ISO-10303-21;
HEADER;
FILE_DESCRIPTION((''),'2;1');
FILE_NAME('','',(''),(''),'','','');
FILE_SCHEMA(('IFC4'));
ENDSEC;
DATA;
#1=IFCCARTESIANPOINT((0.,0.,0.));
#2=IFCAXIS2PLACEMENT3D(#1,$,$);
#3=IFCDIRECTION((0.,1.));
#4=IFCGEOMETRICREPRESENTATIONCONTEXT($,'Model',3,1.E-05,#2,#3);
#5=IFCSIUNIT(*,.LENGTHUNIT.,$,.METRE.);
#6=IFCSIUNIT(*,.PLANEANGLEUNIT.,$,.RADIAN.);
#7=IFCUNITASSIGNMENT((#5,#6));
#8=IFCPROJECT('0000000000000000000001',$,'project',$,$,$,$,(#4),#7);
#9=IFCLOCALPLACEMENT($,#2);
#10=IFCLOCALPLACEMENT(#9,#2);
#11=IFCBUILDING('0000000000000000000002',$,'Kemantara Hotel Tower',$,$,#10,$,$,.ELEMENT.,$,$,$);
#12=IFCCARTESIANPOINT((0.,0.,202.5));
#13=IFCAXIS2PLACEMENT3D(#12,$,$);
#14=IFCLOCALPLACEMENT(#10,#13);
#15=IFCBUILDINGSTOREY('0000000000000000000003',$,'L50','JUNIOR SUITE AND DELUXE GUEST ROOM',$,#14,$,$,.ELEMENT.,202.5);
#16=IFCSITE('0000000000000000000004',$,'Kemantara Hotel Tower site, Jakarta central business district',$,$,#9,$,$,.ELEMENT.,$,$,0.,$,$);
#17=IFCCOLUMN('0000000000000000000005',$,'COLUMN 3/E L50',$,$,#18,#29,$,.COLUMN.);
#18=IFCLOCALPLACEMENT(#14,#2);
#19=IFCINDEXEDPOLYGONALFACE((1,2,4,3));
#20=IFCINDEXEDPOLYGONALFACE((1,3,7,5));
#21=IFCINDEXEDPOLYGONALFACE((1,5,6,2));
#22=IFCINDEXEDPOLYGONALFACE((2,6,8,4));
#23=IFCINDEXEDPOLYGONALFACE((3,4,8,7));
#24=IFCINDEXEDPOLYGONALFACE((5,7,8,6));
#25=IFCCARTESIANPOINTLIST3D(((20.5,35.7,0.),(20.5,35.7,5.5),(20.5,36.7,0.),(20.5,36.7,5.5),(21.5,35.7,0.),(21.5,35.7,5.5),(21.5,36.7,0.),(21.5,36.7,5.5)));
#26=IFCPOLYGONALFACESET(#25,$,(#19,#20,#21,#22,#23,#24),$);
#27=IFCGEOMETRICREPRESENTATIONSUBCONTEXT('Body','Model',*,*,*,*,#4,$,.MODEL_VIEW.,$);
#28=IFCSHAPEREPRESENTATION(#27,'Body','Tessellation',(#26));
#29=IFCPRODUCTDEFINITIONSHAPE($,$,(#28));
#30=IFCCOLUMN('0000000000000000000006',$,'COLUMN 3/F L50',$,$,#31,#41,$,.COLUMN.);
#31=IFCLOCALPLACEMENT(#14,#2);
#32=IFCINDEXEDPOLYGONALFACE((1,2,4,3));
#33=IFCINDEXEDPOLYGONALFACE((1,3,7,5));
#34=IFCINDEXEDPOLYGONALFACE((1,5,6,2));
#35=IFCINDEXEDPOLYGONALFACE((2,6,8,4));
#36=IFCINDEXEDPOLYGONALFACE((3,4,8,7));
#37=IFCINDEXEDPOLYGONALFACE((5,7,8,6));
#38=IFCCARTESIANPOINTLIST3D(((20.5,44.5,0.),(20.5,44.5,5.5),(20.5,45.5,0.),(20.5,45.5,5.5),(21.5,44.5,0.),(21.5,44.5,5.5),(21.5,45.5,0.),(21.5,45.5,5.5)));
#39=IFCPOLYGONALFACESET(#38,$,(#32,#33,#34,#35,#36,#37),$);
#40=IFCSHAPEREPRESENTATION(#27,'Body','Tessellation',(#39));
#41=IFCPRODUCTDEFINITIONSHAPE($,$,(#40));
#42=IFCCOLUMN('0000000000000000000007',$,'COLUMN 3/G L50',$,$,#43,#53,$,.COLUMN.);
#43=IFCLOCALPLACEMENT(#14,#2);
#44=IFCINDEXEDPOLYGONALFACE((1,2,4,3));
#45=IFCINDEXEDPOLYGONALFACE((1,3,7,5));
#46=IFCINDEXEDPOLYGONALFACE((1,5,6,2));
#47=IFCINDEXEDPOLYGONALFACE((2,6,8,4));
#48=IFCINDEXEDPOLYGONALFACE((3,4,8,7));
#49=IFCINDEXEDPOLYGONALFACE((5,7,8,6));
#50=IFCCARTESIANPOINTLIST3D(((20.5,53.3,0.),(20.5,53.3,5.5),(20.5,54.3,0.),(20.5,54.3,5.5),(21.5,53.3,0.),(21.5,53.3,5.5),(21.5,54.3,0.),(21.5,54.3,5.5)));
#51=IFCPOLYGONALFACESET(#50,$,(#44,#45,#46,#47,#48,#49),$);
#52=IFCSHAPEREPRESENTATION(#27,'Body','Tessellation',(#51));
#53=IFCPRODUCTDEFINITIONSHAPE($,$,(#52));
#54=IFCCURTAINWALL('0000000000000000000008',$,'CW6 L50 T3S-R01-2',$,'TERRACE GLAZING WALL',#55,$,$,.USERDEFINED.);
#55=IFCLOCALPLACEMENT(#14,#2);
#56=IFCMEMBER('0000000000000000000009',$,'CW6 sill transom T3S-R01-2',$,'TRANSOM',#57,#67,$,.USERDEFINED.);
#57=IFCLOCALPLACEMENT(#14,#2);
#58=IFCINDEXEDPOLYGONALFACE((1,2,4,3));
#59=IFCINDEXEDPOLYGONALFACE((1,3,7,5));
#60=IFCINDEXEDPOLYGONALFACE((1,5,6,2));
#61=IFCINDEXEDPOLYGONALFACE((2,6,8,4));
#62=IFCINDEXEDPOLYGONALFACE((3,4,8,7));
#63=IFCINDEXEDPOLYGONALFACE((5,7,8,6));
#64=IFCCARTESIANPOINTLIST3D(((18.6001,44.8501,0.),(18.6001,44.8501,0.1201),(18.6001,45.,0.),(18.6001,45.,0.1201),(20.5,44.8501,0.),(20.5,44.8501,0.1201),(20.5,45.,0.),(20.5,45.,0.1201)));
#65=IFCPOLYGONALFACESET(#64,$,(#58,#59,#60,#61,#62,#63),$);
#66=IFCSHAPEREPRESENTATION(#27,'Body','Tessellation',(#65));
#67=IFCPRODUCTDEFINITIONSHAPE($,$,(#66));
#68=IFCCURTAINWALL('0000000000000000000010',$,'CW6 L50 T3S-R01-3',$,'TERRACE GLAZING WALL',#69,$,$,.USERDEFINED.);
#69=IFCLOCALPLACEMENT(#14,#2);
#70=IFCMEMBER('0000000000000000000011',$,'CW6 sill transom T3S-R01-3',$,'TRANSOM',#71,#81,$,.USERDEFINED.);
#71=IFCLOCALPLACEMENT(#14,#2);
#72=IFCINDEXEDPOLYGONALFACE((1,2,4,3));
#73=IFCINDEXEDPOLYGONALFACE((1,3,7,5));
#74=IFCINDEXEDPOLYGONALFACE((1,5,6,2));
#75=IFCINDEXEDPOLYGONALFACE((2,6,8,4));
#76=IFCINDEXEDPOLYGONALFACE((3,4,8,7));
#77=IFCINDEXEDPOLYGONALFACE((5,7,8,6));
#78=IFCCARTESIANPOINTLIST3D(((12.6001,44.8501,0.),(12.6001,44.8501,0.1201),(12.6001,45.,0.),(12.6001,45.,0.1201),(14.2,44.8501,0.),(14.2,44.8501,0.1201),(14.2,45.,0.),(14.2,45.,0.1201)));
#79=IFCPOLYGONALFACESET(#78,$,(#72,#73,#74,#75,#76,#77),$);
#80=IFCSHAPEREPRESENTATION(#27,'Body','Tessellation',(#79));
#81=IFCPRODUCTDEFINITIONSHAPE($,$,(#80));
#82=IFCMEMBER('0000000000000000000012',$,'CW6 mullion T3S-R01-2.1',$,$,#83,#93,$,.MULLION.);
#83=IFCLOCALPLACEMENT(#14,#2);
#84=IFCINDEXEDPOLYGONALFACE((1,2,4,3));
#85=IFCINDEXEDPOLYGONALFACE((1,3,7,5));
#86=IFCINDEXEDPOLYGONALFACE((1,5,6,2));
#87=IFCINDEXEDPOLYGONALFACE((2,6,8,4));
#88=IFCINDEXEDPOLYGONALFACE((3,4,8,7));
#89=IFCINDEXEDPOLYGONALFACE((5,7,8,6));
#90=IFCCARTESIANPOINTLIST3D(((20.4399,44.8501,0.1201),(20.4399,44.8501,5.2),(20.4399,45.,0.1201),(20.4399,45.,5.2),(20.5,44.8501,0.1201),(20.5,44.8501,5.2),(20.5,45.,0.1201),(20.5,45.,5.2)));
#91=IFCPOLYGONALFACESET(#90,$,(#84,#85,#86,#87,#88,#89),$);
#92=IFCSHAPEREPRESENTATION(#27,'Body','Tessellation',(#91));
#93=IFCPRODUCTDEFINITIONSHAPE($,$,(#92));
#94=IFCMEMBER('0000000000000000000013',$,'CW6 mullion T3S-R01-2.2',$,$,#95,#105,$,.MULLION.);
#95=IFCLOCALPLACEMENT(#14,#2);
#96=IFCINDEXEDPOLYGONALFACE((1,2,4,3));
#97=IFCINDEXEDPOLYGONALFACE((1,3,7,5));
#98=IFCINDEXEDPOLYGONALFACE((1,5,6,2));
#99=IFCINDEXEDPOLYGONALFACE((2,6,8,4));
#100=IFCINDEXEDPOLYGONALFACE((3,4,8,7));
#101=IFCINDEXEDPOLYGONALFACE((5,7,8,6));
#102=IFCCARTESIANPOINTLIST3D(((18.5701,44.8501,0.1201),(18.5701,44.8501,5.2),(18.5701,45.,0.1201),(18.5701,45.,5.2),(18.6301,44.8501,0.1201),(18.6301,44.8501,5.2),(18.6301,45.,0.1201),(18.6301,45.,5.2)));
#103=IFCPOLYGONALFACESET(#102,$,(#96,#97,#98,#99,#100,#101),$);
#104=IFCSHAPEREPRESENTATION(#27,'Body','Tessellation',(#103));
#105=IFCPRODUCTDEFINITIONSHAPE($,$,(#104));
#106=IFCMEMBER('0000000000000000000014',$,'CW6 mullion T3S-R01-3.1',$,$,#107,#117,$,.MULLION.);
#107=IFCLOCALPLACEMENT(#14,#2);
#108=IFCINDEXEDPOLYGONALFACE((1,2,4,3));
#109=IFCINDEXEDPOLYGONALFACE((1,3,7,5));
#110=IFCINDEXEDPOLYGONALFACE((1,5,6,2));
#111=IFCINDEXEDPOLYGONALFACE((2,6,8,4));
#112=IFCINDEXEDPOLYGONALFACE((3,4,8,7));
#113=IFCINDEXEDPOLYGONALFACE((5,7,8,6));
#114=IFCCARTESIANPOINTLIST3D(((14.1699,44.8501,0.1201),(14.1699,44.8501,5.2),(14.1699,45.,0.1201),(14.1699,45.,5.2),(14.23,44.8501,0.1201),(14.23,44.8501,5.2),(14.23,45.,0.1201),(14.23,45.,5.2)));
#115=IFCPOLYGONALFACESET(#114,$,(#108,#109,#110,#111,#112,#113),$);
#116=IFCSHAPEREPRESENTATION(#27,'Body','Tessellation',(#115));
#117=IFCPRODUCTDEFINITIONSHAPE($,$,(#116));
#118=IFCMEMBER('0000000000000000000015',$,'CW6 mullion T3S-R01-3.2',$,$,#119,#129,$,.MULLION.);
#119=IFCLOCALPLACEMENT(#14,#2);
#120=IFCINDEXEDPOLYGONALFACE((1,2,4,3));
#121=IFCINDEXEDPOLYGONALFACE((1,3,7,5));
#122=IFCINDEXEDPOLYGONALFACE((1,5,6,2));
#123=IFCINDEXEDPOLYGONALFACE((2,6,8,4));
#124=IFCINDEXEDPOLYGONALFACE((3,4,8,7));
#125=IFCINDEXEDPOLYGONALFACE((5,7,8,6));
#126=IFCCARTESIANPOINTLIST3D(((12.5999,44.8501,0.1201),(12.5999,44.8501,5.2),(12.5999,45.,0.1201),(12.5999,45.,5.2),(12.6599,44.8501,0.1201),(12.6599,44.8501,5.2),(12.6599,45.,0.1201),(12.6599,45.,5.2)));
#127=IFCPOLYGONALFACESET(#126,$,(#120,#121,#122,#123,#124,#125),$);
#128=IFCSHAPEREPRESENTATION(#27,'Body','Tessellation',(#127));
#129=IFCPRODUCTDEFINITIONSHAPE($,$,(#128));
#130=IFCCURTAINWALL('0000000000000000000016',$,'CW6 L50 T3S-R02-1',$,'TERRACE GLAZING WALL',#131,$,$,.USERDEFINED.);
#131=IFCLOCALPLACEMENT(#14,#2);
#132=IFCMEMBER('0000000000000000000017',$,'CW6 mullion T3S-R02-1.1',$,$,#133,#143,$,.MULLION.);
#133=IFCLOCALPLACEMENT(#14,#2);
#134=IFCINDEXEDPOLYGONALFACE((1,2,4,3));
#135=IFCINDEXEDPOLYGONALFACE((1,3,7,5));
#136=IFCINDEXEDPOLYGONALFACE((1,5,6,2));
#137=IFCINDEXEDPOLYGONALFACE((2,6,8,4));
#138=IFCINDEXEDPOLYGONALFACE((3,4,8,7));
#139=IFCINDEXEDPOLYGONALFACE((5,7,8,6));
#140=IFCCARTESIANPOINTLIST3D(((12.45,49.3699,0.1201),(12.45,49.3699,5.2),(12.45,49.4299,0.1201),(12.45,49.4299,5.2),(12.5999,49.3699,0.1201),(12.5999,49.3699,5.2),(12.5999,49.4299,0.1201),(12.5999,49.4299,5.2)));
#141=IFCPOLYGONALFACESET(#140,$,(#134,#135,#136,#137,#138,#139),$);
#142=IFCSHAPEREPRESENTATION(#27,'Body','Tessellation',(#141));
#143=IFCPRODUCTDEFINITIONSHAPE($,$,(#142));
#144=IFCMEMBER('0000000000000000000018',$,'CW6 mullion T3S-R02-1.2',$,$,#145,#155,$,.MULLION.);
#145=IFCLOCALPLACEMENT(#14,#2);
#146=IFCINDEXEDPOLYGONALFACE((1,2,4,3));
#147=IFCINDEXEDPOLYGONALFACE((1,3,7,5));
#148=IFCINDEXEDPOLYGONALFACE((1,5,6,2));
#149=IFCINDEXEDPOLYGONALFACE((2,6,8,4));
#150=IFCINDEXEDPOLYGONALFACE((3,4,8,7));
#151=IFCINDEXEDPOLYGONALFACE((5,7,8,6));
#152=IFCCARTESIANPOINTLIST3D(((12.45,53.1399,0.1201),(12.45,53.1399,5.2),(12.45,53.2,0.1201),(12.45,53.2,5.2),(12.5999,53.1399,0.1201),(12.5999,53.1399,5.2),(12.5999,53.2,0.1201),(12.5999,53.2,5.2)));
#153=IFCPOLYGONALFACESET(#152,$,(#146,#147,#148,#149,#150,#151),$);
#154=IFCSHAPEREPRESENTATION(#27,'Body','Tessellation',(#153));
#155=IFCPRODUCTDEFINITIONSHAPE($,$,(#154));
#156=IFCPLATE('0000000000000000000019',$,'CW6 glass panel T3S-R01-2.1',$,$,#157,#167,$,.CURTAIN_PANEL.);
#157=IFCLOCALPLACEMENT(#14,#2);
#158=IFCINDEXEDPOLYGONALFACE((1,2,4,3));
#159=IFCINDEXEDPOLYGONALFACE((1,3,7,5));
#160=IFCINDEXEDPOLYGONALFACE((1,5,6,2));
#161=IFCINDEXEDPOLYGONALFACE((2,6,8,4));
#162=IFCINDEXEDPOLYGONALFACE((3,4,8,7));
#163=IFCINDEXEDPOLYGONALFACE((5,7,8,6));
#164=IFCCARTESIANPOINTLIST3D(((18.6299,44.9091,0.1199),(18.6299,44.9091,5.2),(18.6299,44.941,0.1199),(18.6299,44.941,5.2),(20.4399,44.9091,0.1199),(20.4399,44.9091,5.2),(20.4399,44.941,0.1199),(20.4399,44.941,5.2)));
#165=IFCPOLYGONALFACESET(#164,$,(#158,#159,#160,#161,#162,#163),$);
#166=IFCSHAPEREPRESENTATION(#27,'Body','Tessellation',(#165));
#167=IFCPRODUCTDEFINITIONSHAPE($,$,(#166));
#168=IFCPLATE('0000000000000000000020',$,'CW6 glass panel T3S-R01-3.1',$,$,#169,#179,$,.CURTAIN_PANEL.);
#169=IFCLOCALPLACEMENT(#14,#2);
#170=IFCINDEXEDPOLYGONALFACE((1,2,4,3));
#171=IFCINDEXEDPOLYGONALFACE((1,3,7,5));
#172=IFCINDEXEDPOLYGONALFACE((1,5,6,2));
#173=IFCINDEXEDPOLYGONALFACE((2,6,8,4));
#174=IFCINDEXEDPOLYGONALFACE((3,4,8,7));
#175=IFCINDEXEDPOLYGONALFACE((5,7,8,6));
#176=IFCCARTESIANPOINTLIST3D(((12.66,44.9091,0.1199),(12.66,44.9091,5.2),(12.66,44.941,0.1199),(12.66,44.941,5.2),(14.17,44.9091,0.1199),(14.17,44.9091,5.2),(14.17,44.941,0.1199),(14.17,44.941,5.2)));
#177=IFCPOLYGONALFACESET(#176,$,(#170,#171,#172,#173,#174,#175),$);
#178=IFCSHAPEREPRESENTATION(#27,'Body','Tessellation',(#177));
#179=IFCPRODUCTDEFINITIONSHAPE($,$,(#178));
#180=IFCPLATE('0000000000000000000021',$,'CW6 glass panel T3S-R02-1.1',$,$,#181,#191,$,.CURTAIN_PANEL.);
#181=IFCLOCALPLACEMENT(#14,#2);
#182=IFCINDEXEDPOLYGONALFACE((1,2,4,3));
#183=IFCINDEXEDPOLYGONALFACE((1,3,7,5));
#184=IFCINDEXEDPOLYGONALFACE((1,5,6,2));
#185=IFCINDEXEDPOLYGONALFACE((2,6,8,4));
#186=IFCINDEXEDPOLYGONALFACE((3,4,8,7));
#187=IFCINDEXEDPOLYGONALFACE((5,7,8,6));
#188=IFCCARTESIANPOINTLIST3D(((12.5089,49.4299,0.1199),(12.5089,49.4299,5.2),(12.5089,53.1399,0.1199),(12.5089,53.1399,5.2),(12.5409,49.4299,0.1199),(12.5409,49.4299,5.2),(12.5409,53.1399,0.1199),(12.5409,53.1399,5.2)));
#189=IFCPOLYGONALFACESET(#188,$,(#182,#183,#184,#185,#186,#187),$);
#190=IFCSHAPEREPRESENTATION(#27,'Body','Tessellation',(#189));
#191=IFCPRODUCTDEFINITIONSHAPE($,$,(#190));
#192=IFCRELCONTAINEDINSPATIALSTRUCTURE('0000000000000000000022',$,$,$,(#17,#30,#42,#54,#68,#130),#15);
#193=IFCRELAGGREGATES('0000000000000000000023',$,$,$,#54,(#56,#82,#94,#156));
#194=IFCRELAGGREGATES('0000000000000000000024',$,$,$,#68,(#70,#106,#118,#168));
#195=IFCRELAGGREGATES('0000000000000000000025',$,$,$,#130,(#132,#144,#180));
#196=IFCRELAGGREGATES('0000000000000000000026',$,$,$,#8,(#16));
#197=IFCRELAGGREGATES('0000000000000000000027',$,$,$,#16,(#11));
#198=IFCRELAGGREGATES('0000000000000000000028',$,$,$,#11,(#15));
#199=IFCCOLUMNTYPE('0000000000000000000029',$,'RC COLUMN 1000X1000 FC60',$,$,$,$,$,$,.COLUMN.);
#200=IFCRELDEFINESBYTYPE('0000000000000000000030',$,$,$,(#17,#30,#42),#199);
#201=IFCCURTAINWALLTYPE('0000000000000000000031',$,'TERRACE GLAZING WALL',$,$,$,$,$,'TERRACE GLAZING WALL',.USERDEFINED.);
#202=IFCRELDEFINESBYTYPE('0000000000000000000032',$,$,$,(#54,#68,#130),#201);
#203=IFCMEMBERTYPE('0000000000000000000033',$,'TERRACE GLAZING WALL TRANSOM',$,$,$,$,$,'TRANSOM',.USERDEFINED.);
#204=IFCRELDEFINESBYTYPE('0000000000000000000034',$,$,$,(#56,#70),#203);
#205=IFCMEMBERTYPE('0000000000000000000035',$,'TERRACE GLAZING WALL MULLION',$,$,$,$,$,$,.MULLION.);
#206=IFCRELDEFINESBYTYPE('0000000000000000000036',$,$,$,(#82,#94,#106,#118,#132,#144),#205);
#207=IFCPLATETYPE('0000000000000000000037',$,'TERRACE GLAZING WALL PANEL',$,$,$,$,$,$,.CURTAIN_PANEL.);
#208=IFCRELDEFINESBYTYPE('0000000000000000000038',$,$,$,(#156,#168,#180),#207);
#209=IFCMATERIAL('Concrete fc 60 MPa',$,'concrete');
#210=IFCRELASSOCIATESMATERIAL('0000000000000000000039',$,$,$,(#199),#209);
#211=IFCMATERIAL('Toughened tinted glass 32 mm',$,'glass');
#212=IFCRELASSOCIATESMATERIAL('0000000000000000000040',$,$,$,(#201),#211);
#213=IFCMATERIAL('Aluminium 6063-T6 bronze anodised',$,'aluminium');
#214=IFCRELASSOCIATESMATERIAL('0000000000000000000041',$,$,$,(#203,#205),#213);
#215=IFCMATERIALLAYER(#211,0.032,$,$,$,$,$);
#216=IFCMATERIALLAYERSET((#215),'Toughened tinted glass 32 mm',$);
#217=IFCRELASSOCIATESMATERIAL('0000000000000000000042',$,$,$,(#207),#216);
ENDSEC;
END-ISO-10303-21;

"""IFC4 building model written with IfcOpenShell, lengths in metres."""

from ifc_helpers import new_model, si_unit, direction, frame, origin, origin_2d, place, context, subcontext, project, spatial, rectangle, extrude, source, transform, mapped, material, layer, layer_set, material_profile, profile_set, type_object, element, aggregate, save


model = new_model("IFC4")

# Units and contexts
model_context = context("Model", 3, precision=1e-05, world=origin(), true_north=direction((0.0, 1.0)))
body_context = subcontext(model_context, "Body", "Model", "MODEL_VIEW")
ifc_project = project(units=[si_unit("LENGTHUNIT", "METRE"), si_unit("PLANEANGLEUNIT", "RADIAN")], contexts=[model_context])

# Site, building, storey
site_placement = place(None, origin())
site = spatial("IfcSite", under=ifc_project, at=site_placement, Name="Kemantara Hotel Tower site, Jakarta central business district", CompositionType="ELEMENT", RefElevation=0.0)
building_placement = place(site_placement, origin())
building = spatial("IfcBuilding", under=site, at=building_placement, Name="Kemantara Hotel Tower", CompositionType="ELEMENT")
storey_placement = place(building_placement, frame((0.0, 0.0, 202.5)))
storey = spatial("IfcBuildingStorey", under=building, at=storey_placement, Name="L50", Description="JUNIOR SUITE AND DELUXE GUEST ROOM", CompositionType="ELEMENT", Elevation=202.5)

# Columns
ifc_material_1 = material(Name="Concrete fc 60 MPa", Category="concrete")
ifc_material_profile_1 = material_profile(ifc_material_1, rectangle(XDim=1.0, YDim=1.0, at=origin_2d()), Name="RC 1000X1000")
ifc_profile_set_1 = profile_set([ifc_material_profile_1], Name="Concrete fc 60 MPa")
column_type = type_object("IfcColumnType", Name="RC COLUMN 1000X1000 FC60", PredefinedType="COLUMN", material=ifc_profile_set_1)
for number, where, z_axis, x_axis, name in (
    (1, (21.0, 36.2, 0.0), (0.0, 0.0, 1.0), (1.0, 0.0, 0.0), "COLUMN 3/E L50"),
    (2, (21.0, 45.0, 0.0), (0.0, 0.0, 1.0), (1.0, 0.0, 0.0), "COLUMN 3/F L50"),
    (3, (21.0, 53.8, 0.0), (0.0, 0.0, 1.0), (1.0, 0.0, 0.0), "COLUMN 3/G L50"),
):
    element("IfcColumn", number, at=place(storey_placement, frame(where, z_axis=z_axis, x_axis=x_axis)), inside=storey, type_object=column_type, Name=name, PredefinedType="COLUMN", context=body_context, shape_type="SweptSolid", body=[
        extrude(rectangle(XDim=1.0, YDim=1.0, at=origin_2d()), origin(), (0.0, 0.0, 1.0), 5.5),
    ])

# Curtain walls, members
ifc_material_2 = material(Name="Toughened tinted glass 32 mm", Category="glass")
curtain_wall_type = type_object("IfcCurtainWallType", Name="TERRACE GLAZING WALL", ElementType="TERRACE GLAZING WALL", PredefinedType="USERDEFINED", material=ifc_material_2)
curtain_wall_1_placement = place(storey_placement, origin())
curtain_wall_1 = element("IfcCurtainWall", 4, at=curtain_wall_1_placement, inside=storey, type_object=curtain_wall_type, Name="CW6 L50 T3S-R01-2", ObjectType="TERRACE GLAZING WALL", PredefinedType="USERDEFINED")
ifc_material_3 = material(Name="Aluminium 6063-T6 bronze anodised", Category="aluminium")
ifc_material_profile_2 = material_profile(ifc_material_3, rectangle(XDim=0.1499, YDim=0.1201, at=origin_2d()), Name="TERRACE GLAZING WALL TRANSOM")
ifc_profile_set_2 = profile_set([ifc_material_profile_2], Name="Aluminium 6063-T6 bronze anodised")
member_type_1 = type_object("IfcMemberType", Name="TERRACE GLAZING WALL TRANSOM", ElementType="TRANSOM", PredefinedType="USERDEFINED", material=ifc_profile_set_2)
member_1_placement = place(storey_placement, frame((20.5, 44.925, 0.0601), z_axis=(-1.0, 0.0, 0.0), x_axis=(0.0, -1.0, 0.0)))
member_1 = element("IfcMember", 5, at=member_1_placement, type_object=member_type_1, Name="CW6 sill transom T3S-R01-2", ObjectType="TRANSOM", PredefinedType="USERDEFINED", context=body_context, shape_type="SweptSolid", body=[
    extrude(rectangle(XDim=0.1499, YDim=0.1201, at=origin_2d()), origin(), (0.0, 0.0, 1.0), 1.8999),
])
curtain_wall_2_placement = place(storey_placement, origin())
curtain_wall_2 = element("IfcCurtainWall", 6, at=curtain_wall_2_placement, inside=storey, type_object=curtain_wall_type, Name="CW6 L50 T3S-R01-3", ObjectType="TERRACE GLAZING WALL", PredefinedType="USERDEFINED")
member_2_placement = place(storey_placement, frame((14.2, 44.925, 0.0601), z_axis=(-1.0, 0.0, 0.0), x_axis=(0.0, -1.0, 0.0)))
member_2 = element("IfcMember", 7, at=member_2_placement, type_object=member_type_1, Name="CW6 sill transom T3S-R01-3", ObjectType="TRANSOM", PredefinedType="USERDEFINED", context=body_context, shape_type="SweptSolid", body=[
    extrude(rectangle(XDim=0.1499, YDim=0.1201, at=origin_2d()), origin(), (0.0, 0.0, 1.0), 1.5999),
])

# Members
ifc_material_profile_3 = material_profile(ifc_material_3, rectangle(XDim=0.1499, YDim=0.0601, at=origin_2d()), Name="TERRACE GLAZING WALL MULLION")
ifc_profile_set_3 = profile_set([ifc_material_profile_3], Name="Aluminium 6063-T6 bronze anodised")
member_type_2 = type_object("IfcMemberType", Name="TERRACE GLAZING WALL MULLION", PredefinedType="MULLION", material=ifc_profile_set_3)
shared_shape_1 = source(origin(), body_context, "Body", "SweptSolid", [
    extrude(rectangle(XDim=0.1499, YDim=0.0601, at=origin_2d()), origin(), (0.0, 0.0, 1.0), 5.0798),
])
member_3_placement = place(storey_placement, frame((20.47, 44.925, 0.1201), z_axis=(0.0, 0.0, 1.0), x_axis=(0.0, -1.0, 0.0)))
member_3 = element("IfcMember", 8, at=member_3_placement, type_object=member_type_2, Name="CW6 mullion T3S-R01-2.1", PredefinedType="MULLION", context=body_context, shape_type="MappedRepresentation", body=[
    mapped(shared_shape_1, transform((0.0, 0.0, 0.0))),
])
member_4_placement = place(storey_placement, frame((18.6001, 44.925, 0.1201), z_axis=(0.0, 0.0, 1.0), x_axis=(0.0, -1.0, 0.0)))
member_4 = element("IfcMember", 9, at=member_4_placement, type_object=member_type_2, Name="CW6 mullion T3S-R01-2.2", PredefinedType="MULLION", context=body_context, shape_type="MappedRepresentation", body=[
    mapped(shared_shape_1, transform((0.0, 0.0, 0.0))),
])
member_5_placement = place(storey_placement, frame((14.2, 44.925, 0.1201), z_axis=(0.0, 0.0, 1.0), x_axis=(0.0, -1.0, 0.0)))
member_5 = element("IfcMember", 10, at=member_5_placement, type_object=member_type_2, Name="CW6 mullion T3S-R01-3.1", PredefinedType="MULLION", context=body_context, shape_type="MappedRepresentation", body=[
    mapped(shared_shape_1, transform((0.0, 0.0, 0.0))),
])
member_6_placement = place(storey_placement, frame((12.6299, 44.925, 0.1201), z_axis=(0.0, 0.0, 1.0), x_axis=(0.0, -1.0, 0.0)))
member_6 = element("IfcMember", 11, at=member_6_placement, type_object=member_type_2, Name="CW6 mullion T3S-R01-3.2", PredefinedType="MULLION", context=body_context, shape_type="MappedRepresentation", body=[
    mapped(shared_shape_1, transform((0.0, 0.0, 0.0))),
])

# Curtain wall, members
curtain_wall_3_placement = place(storey_placement, origin())
curtain_wall_3 = element("IfcCurtainWall", 12, at=curtain_wall_3_placement, inside=storey, type_object=curtain_wall_type, Name="CW6 L50 T3S-R02-1", ObjectType="TERRACE GLAZING WALL", PredefinedType="USERDEFINED")
member_7_placement = place(storey_placement, frame((12.5249, 49.3999, 0.1201), z_axis=(0.0, 0.0, 1.0), x_axis=(-1.0, 0.0, 0.0)))
member_7 = element("IfcMember", 13, at=member_7_placement, type_object=member_type_2, Name="CW6 mullion T3S-R02-1.1", PredefinedType="MULLION", context=body_context, shape_type="MappedRepresentation", body=[
    mapped(shared_shape_1, transform((0.0, 0.0, 0.0))),
])
member_8_placement = place(storey_placement, frame((12.5249, 53.1699, 0.1201), z_axis=(0.0, 0.0, 1.0), x_axis=(-1.0, 0.0, 0.0)))
member_8 = element("IfcMember", 14, at=member_8_placement, type_object=member_type_2, Name="CW6 mullion T3S-R02-1.2", PredefinedType="MULLION", context=body_context, shape_type="MappedRepresentation", body=[
    mapped(shared_shape_1, transform((0.0, 0.0, 0.0))),
])

# Plates
ifc_layer_1 = layer(ifc_material_2, 0.032)
ifc_layer_set_1 = layer_set([ifc_layer_1], Name="Toughened tinted glass 32 mm")
plate_type = type_object("IfcPlateType", Name="TERRACE GLAZING WALL PANEL", PredefinedType="CURTAIN_PANEL", material=ifc_layer_set_1)
shared_shape_2 = source(origin(), body_context, "Body", "SweptSolid", [
    extrude(rectangle(XDim=1.8101, YDim=0.032, at=origin_2d()), origin(), (0.0, 0.0, 1.0), 5.0801),
])
plate_1_placement = place(storey_placement, frame((19.5349, 44.925, 0.1199), z_axis=(0.0, 0.0, 1.0), x_axis=(-1.0, 0.0, 0.0)))
plate_1 = element("IfcPlate", 15, at=plate_1_placement, type_object=plate_type, Name="CW6 glass panel T3S-R01-2.1", PredefinedType="CURTAIN_PANEL", context=body_context, shape_type="MappedRepresentation", body=[
    mapped(shared_shape_2, transform((0.0, 0.0, 0.0))),
])
aggregate(curtain_wall_1, [member_1, member_3, member_4, plate_1])
shared_shape_3 = source(origin(), body_context, "Body", "SweptSolid", [
    extrude(rectangle(XDim=1.51, YDim=0.032, at=origin_2d()), origin(), (0.0, 0.0, 1.0), 5.0801),
])
plate_2_placement = place(storey_placement, frame((13.415, 44.925, 0.1199), z_axis=(0.0, 0.0, 1.0), x_axis=(-1.0, 0.0, 0.0)))
plate_2 = element("IfcPlate", 16, at=plate_2_placement, type_object=plate_type, Name="CW6 glass panel T3S-R01-3.1", PredefinedType="CURTAIN_PANEL", context=body_context, shape_type="MappedRepresentation", body=[
    mapped(shared_shape_3, transform((0.0, 0.0, 0.0))),
])
aggregate(curtain_wall_2, [member_2, member_5, member_6, plate_2])
shared_shape_4 = source(origin(), body_context, "Body", "SweptSolid", [
    extrude(rectangle(XDim=3.71, YDim=0.032, at=origin_2d()), origin(), (0.0, 0.0, 1.0), 5.0801),
])
plate_3_placement = place(storey_placement, frame((12.5249, 51.2849, 0.1199), z_axis=(0.0, 0.0, 1.0), x_axis=(0.0, 1.0, 0.0)))
plate_3 = element("IfcPlate", 17, at=plate_3_placement, type_object=plate_type, Name="CW6 glass panel T3S-R02-1.1", PredefinedType="CURTAIN_PANEL", context=body_context, shape_type="MappedRepresentation", body=[
    mapped(shared_shape_4, transform((0.0, 0.0, 0.0))),
])
aggregate(curtain_wall_3, [member_7, member_8, plate_3])

save(model, "model.ifc")
